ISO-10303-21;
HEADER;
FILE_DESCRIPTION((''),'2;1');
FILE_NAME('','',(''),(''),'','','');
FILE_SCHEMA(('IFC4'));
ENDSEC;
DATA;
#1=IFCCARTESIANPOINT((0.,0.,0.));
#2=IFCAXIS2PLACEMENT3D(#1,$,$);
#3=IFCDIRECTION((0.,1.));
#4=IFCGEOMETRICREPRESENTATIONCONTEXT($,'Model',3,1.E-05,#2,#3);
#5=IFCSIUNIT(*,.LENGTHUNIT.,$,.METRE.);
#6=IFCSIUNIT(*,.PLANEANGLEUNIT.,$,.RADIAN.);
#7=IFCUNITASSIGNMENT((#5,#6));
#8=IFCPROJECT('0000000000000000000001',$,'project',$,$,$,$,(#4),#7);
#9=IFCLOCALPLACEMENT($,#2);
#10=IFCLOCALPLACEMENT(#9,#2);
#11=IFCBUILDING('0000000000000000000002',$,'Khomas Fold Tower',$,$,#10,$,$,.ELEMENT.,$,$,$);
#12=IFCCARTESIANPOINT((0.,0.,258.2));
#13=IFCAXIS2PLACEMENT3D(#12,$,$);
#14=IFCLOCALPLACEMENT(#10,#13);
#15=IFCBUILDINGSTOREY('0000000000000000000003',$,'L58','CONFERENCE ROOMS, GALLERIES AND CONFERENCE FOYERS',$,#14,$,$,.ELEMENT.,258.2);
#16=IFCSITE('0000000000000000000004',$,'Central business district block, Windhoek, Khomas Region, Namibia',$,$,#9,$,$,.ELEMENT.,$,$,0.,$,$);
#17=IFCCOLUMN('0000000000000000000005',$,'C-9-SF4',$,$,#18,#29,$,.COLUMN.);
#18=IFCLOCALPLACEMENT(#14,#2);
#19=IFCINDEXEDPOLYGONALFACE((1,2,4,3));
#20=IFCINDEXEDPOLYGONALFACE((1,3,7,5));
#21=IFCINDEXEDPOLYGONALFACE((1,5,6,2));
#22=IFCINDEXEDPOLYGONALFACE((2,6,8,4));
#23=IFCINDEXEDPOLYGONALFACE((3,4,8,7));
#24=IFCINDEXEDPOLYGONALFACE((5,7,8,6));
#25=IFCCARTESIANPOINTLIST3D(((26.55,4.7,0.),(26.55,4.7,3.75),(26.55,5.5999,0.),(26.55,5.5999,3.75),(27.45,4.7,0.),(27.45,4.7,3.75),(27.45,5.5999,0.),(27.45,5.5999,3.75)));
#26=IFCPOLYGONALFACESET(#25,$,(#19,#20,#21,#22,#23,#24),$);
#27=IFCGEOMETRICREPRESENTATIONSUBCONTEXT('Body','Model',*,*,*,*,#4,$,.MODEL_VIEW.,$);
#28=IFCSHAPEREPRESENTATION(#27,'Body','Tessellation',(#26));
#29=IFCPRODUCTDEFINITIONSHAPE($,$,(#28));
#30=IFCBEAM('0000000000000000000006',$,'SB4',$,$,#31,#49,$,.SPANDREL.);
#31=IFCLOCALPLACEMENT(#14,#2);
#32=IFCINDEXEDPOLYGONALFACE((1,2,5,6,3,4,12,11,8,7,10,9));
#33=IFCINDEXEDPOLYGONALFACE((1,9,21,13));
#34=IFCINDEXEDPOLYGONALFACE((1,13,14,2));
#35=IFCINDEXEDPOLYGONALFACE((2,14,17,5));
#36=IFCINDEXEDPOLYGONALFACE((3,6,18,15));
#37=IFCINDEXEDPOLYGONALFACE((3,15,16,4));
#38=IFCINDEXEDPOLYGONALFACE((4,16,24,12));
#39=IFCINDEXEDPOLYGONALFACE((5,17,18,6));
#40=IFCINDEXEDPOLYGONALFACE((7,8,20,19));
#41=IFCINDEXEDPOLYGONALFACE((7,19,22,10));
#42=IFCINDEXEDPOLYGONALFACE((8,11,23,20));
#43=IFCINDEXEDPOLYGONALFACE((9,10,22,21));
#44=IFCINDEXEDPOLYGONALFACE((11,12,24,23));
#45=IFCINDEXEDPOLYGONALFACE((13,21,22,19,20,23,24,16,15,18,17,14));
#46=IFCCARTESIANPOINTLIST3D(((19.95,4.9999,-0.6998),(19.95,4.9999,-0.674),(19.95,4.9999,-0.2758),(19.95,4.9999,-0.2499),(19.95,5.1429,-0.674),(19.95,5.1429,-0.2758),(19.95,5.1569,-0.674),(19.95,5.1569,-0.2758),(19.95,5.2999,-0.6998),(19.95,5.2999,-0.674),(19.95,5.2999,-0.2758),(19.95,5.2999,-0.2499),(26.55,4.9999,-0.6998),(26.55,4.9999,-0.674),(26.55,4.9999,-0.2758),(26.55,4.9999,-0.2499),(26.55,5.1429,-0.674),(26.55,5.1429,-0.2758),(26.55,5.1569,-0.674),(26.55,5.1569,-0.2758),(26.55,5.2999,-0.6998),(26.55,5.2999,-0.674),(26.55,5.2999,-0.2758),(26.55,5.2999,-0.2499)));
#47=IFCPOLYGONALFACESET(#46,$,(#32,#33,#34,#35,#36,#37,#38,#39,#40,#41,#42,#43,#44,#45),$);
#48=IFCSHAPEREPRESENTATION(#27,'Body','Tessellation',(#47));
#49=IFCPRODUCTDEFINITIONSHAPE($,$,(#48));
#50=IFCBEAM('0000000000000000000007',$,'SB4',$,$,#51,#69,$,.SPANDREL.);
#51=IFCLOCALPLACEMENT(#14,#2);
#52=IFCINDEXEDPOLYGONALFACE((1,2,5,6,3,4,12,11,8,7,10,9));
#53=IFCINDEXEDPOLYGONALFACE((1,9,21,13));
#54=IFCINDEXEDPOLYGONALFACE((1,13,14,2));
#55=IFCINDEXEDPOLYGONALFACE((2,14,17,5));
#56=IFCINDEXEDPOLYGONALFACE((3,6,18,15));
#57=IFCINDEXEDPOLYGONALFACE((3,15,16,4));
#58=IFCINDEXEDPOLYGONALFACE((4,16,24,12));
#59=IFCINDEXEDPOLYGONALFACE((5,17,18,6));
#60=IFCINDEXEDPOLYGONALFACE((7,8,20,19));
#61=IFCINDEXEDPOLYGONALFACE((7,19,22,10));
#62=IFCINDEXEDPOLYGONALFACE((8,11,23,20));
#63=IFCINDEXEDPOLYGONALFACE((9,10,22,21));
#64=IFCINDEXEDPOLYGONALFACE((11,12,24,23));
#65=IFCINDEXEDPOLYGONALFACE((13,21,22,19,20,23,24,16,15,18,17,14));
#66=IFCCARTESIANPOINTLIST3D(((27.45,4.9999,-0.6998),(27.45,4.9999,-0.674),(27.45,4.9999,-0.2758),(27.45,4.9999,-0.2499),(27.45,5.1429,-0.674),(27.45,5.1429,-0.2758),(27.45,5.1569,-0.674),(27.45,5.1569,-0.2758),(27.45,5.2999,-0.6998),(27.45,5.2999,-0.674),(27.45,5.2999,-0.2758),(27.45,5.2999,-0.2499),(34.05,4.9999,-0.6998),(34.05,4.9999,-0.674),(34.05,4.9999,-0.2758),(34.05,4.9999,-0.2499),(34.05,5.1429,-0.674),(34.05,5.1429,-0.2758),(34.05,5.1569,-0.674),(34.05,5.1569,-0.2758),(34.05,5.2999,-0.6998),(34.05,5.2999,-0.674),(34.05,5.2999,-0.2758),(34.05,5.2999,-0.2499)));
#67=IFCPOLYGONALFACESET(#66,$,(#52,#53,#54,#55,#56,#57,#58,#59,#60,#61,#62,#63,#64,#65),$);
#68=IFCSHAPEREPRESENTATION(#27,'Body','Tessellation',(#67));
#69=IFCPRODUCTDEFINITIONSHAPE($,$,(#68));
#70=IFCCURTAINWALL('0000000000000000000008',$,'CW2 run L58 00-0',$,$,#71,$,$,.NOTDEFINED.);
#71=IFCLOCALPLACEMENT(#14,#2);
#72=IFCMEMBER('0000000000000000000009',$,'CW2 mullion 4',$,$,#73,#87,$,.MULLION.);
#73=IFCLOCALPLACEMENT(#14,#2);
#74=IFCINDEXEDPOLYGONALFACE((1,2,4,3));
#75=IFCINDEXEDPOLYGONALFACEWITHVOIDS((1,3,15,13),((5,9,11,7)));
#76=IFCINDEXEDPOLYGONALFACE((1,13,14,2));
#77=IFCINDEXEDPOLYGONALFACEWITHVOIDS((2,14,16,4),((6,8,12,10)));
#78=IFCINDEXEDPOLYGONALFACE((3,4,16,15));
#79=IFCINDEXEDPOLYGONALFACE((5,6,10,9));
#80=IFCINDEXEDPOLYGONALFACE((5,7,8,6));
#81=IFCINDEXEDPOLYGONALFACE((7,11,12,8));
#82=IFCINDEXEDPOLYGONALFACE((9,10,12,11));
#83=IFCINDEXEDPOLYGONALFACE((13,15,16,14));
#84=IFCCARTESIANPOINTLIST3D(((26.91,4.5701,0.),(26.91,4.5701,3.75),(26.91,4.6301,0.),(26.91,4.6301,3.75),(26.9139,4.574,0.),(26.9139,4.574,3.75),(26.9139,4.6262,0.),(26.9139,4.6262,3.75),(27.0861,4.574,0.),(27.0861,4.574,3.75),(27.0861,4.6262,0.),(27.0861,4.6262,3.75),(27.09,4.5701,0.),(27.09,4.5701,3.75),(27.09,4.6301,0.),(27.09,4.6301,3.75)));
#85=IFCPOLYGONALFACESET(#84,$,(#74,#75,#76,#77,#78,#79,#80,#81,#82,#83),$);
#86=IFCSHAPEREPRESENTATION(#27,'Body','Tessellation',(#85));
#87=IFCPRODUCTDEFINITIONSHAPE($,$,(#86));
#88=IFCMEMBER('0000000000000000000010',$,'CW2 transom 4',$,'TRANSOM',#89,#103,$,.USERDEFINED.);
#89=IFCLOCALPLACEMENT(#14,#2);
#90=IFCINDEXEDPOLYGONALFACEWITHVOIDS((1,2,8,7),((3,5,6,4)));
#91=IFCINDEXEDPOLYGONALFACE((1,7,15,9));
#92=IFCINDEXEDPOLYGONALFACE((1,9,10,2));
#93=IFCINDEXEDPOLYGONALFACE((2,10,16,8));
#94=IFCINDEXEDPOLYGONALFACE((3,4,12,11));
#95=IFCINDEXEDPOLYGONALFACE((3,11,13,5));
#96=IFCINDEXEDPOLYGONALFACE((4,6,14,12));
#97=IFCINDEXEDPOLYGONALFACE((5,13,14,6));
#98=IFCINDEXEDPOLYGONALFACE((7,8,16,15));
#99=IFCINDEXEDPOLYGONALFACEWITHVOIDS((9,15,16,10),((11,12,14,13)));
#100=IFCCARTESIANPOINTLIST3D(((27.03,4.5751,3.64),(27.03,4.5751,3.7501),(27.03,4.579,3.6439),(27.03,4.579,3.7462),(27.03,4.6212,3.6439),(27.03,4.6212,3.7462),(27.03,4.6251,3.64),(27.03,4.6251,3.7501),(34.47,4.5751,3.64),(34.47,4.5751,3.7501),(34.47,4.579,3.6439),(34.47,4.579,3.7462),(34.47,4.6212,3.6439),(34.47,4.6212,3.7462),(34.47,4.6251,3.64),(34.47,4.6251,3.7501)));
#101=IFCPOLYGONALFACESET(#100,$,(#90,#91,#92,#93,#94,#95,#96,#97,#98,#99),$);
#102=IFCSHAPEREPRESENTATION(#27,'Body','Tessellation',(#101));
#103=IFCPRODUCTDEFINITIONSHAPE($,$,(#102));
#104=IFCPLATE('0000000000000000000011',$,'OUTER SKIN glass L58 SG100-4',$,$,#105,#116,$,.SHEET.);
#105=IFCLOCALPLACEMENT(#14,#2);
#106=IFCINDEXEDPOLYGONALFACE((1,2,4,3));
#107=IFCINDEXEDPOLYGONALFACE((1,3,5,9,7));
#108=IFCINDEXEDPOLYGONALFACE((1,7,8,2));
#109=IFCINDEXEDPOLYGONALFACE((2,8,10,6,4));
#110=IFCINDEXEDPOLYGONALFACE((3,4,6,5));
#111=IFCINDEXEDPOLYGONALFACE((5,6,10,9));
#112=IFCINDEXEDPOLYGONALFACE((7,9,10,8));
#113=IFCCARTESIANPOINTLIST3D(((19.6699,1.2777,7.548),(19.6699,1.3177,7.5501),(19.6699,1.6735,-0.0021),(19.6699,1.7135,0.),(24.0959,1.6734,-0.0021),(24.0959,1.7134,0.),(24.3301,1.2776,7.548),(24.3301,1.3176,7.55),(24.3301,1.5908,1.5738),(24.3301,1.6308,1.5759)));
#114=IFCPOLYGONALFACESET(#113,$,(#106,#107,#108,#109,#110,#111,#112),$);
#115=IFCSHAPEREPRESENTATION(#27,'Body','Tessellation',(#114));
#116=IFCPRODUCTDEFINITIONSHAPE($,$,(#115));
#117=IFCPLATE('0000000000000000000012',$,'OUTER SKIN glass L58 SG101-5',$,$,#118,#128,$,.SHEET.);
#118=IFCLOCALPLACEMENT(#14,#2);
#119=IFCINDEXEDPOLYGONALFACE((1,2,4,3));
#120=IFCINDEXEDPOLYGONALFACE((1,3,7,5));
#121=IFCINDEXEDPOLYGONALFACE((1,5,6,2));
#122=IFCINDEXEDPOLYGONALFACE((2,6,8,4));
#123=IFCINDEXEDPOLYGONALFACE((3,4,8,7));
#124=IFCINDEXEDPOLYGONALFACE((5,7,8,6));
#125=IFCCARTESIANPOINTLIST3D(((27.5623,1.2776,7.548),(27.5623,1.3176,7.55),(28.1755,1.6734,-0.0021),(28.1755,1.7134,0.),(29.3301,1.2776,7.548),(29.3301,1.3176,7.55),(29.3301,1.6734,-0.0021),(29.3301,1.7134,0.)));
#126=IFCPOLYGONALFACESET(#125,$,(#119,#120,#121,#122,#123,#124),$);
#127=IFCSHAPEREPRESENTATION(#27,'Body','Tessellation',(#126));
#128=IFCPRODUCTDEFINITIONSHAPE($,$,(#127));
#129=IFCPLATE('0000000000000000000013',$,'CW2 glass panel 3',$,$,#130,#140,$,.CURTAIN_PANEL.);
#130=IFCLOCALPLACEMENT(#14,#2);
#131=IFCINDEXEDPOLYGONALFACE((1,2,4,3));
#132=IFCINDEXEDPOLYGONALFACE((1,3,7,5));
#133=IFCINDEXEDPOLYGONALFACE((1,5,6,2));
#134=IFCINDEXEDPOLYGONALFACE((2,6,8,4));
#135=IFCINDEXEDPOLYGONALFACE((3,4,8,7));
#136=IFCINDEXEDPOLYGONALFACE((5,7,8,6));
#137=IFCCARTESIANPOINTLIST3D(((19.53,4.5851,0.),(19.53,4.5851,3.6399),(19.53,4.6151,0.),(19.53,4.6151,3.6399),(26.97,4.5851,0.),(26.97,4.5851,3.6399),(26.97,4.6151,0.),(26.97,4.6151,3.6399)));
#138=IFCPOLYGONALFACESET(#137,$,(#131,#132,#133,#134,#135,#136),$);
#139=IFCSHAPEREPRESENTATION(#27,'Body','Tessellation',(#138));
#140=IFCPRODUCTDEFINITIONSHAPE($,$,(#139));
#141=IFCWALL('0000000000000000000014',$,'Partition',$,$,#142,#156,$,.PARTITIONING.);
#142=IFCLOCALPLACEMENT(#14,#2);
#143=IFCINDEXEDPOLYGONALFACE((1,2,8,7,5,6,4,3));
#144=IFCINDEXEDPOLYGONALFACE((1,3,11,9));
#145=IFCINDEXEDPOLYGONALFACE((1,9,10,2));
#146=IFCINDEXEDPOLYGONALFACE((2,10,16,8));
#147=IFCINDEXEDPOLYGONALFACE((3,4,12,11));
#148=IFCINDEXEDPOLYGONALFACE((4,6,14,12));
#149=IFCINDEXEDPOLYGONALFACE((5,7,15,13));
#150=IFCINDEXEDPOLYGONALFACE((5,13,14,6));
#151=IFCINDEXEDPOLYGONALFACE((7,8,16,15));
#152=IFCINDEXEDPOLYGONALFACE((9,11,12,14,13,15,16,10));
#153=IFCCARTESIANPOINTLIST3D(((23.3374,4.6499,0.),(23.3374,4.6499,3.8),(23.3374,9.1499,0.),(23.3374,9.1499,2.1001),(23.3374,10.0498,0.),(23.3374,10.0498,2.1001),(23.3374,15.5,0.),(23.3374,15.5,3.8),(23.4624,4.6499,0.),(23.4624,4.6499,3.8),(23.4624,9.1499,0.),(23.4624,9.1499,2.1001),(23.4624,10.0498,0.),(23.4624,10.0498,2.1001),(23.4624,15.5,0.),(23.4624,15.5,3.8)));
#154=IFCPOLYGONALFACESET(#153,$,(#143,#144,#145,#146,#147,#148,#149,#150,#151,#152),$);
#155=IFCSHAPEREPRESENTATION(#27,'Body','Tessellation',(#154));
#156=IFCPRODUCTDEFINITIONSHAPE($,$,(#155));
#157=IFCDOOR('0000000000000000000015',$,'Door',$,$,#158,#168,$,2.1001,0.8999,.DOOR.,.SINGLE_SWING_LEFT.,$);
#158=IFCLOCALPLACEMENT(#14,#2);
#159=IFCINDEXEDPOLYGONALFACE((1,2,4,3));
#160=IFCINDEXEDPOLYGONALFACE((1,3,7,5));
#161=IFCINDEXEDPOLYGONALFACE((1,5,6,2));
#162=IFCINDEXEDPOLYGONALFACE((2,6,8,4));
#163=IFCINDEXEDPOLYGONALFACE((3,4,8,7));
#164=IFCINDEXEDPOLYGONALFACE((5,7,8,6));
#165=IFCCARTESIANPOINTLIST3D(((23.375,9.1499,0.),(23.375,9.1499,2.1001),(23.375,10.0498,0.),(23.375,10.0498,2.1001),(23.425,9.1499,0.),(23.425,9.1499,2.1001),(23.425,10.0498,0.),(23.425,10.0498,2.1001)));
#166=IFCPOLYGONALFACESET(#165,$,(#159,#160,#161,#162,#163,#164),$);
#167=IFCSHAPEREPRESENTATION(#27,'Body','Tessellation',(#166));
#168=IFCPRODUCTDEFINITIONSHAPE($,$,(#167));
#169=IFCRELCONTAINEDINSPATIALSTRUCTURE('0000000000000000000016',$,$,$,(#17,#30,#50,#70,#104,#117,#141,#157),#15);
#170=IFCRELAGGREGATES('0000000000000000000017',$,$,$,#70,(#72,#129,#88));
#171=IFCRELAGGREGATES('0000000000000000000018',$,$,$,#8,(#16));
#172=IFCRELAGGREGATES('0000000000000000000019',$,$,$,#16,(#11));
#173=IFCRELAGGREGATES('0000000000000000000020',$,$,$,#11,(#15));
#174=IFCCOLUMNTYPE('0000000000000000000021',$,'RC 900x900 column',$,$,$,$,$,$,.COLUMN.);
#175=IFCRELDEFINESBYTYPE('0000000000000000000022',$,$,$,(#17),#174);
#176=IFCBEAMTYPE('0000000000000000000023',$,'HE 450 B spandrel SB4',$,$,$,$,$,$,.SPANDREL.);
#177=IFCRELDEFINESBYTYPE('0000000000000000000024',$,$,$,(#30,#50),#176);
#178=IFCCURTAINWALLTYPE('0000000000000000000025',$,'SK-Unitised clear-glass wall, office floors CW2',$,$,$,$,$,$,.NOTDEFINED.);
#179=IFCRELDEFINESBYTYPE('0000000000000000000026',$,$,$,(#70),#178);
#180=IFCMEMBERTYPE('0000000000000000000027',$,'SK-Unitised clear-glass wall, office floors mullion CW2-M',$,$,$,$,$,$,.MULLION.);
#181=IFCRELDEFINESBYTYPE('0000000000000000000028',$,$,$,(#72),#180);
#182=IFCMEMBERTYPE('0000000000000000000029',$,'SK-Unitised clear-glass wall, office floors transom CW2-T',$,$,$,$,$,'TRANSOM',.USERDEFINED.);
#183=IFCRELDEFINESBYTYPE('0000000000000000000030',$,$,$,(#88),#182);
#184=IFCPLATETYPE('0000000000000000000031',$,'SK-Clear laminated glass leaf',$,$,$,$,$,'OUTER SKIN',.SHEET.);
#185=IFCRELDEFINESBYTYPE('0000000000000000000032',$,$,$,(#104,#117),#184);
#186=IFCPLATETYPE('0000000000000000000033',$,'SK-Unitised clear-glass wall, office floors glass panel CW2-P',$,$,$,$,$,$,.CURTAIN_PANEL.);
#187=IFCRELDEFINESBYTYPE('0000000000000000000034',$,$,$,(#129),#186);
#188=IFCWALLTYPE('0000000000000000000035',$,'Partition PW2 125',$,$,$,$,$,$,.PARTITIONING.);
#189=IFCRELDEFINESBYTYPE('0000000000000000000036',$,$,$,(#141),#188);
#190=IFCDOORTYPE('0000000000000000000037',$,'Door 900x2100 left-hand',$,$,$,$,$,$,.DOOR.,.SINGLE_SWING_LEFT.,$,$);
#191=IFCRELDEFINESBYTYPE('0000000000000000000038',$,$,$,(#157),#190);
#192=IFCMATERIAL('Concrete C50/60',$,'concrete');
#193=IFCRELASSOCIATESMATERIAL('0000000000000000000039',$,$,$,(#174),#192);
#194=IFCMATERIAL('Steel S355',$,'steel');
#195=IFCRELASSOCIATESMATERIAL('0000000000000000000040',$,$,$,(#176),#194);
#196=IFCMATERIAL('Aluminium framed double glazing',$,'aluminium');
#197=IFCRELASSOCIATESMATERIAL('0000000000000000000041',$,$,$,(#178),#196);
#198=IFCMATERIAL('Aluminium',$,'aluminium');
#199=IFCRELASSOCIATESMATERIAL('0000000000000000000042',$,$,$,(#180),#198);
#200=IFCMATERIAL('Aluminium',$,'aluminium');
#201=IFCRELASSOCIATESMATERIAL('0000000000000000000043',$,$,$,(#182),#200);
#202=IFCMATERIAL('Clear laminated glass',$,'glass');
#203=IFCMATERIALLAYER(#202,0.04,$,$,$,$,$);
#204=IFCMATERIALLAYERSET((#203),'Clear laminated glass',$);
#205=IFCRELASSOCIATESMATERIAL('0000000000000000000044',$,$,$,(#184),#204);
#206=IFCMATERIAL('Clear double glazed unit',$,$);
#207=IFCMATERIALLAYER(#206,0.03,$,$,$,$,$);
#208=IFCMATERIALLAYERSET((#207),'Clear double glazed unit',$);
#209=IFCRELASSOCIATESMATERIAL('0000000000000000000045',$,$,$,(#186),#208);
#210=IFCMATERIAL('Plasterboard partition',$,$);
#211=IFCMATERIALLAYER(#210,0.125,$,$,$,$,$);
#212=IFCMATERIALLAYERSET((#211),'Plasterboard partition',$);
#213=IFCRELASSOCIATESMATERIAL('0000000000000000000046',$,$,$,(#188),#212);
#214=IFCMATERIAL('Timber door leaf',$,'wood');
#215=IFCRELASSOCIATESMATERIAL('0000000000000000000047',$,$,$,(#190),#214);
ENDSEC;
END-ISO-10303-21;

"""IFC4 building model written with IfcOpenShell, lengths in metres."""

from ifc_helpers import new_model, si_unit, direction, frame, frame_2d, origin, origin_2d, place, context, subcontext, project, spatial, polyline, rectangle, hollow_rectangle, i_section, outline, extrude, source, transform, mapped, material, layer, layer_set, material_profile, profile_set, type_object, element, fill, aggregate, save


model = new_model("IFC4")

# Units and contexts
model_context = context("Model", 3, precision=1e-05, world=origin(), true_north=direction((0.0, 1.0)))
body_context = subcontext(model_context, "Body", "Model", "MODEL_VIEW")
ifc_project = project(units=[si_unit("LENGTHUNIT", "METRE"), si_unit("PLANEANGLEUNIT", "RADIAN")], contexts=[model_context])

# Site, building, storey
site_placement = place(None, origin())
site = spatial("IfcSite", under=ifc_project, at=site_placement, Name="Central business district block, Windhoek, Khomas Region, Namibia", CompositionType="ELEMENT", RefElevation=0.0)
building_placement = place(site_placement, origin())
building = spatial("IfcBuilding", under=site, at=building_placement, Name="Khomas Fold Tower", CompositionType="ELEMENT")
storey_placement = place(building_placement, frame((0.0, 0.0, 258.2)))
storey = spatial("IfcBuildingStorey", under=building, at=storey_placement, Name="L58", Description="CONFERENCE ROOMS, GALLERIES AND CONFERENCE FOYERS", CompositionType="ELEMENT", Elevation=258.2)

# Column
ifc_material_1 = material(Name="Concrete C50/60", Category="concrete")
ifc_material_profile_1 = material_profile(ifc_material_1, rectangle(XDim=0.8999, YDim=0.8999, at=origin_2d()), Name="RC 900x900")
ifc_profile_set_1 = profile_set([ifc_material_profile_1], Name="Concrete C50/60")
column_type = type_object("IfcColumnType", Name="RC 900x900 column", PredefinedType="COLUMN", material=ifc_profile_set_1)
shared_shape_1 = source(origin(), body_context, "Body", "SweptSolid", [
    extrude(rectangle(XDim=0.8999, YDim=0.8999, at=origin_2d()), origin(), (0.0, 0.0, 1.0), 3.75),
])
column_placement = place(storey_placement, frame((27.0, 5.1499, 0.0), z_axis=(0.0, 0.0, 1.0), x_axis=(1.0, 0.0, 0.0)))
element("IfcColumn", 1, at=column_placement, inside=storey, type_object=column_type, Name="C-9-SF4", PredefinedType="COLUMN", context=body_context, shape_type="MappedRepresentation", body=[
    mapped(shared_shape_1, transform((0.0, 0.0, 0.0))),
])

# Beams
ifc_material_2 = material(Name="Steel S355", Category="steel")
ifc_material_profile_2 = material_profile(ifc_material_2, i_section(OverallWidth=0.3, OverallDepth=0.45, WebThickness=0.0139, FlangeThickness=0.0259, at=origin_2d()), Name="HE 450 B")
ifc_profile_set_2 = profile_set([ifc_material_profile_2], Name="Steel S355")
beam_type = type_object("IfcBeamType", Name="HE 450 B spandrel SB4", PredefinedType="SPANDREL", material=ifc_profile_set_2)
shared_shape_2 = source(origin(), body_context, "Body", "SweptSolid", [
    extrude(i_section(OverallWidth=0.3, OverallDepth=0.45, WebThickness=0.0139, FlangeThickness=0.0259, at=origin_2d()), origin(), (0.0, 0.0, 1.0), 6.6001),
])
for number, where, z_axis, x_axis, name in (
    (2, (19.95, 5.1499, -0.4749), (1.0, 0.0, 0.0), (0.0, 1.0, 0.0), "SB4"),
    (3, (27.45, 5.1499, -0.4749), (1.0, 0.0, 0.0), (0.0, 1.0, 0.0), "SB4"),
):
    element("IfcBeam", number, at=place(storey_placement, frame(where, z_axis=z_axis, x_axis=x_axis)), inside=storey, type_object=beam_type, Name=name, PredefinedType="SPANDREL", context=body_context, shape_type="MappedRepresentation", body=[
        mapped(shared_shape_2, transform((0.0, 0.0, 0.0))),
    ])

# Curtain wall, members
ifc_material_3 = material(Name="Aluminium framed double glazing", Category="aluminium")
curtain_wall_type = type_object("IfcCurtainWallType", Name="SK-Unitised clear-glass wall, office floors CW2", PredefinedType="NOTDEFINED", material=ifc_material_3)
curtain_wall_placement = place(storey_placement, origin())
curtain_wall = element("IfcCurtainWall", 4, at=curtain_wall_placement, inside=storey, type_object=curtain_wall_type, Name="CW2 run L58 00-0", PredefinedType="NOTDEFINED")
ifc_material_4 = material(Name="Aluminium", Category="aluminium")
ifc_material_profile_3 = material_profile(ifc_material_4, hollow_rectangle(XDim=0.0601, YDim=0.1799, WallThickness=0.0039, at=origin_2d()), Name="SK-Unitised clear-glass wall, office floors mullion CW2-M")
ifc_profile_set_3 = profile_set([ifc_material_profile_3], Name="Aluminium")
member_type_1 = type_object("IfcMemberType", Name="SK-Unitised clear-glass wall, office floors mullion CW2-M", PredefinedType="MULLION", material=ifc_profile_set_3)
shared_shape_3 = source(origin(), body_context, "Body", "SweptSolid", [
    extrude(hollow_rectangle(XDim=0.0601, YDim=0.1799, WallThickness=0.0039, at=origin_2d()), origin(), (0.0, 0.0, 1.0), 3.75),
])
member_1_placement = place(storey_placement, frame((27.0, 4.6001, 0.0), z_axis=(0.0, 0.0, 1.0), x_axis=(0.0, 1.0, 0.0)))
member_1 = element("IfcMember", 5, at=member_1_placement, type_object=member_type_1, Name="CW2 mullion 4", PredefinedType="MULLION", context=body_context, shape_type="MappedRepresentation", body=[
    mapped(shared_shape_3, transform((0.0, 0.0, 0.0))),
])
ifc_material_5 = material(Name="Aluminium", Category="aluminium")
ifc_material_profile_4 = material_profile(ifc_material_5, hollow_rectangle(XDim=0.05, YDim=0.1101, WallThickness=0.0039, at=origin_2d()), Name="SK-Unitised clear-glass wall, office floors transom CW2-T")
ifc_profile_set_4 = profile_set([ifc_material_profile_4], Name="Aluminium")
member_type_2 = type_object("IfcMemberType", Name="SK-Unitised clear-glass wall, office floors transom CW2-T", ElementType="TRANSOM", PredefinedType="USERDEFINED", material=ifc_profile_set_4)
shared_shape_4 = source(origin(), body_context, "Body", "SweptSolid", [
    extrude(hollow_rectangle(XDim=0.05, YDim=0.1101, WallThickness=0.0039, at=origin_2d()), origin(), (0.0, 0.0, 1.0), 7.4399),
])
member_2_placement = place(storey_placement, frame((27.03, 4.6001, 3.6951), z_axis=(1.0, 0.0, 0.0), x_axis=(0.0, 1.0, 0.0)))
member_2 = element("IfcMember", 6, at=member_2_placement, type_object=member_type_2, Name="CW2 transom 4", ObjectType="TRANSOM", PredefinedType="USERDEFINED", context=body_context, shape_type="MappedRepresentation", body=[
    mapped(shared_shape_4, transform((0.0, 0.0, 0.0))),
])

# Plates
ifc_material_6 = material(Name="Clear laminated glass", Category="glass")
ifc_layer_1 = layer(ifc_material_6, 0.04)
ifc_layer_set_1 = layer_set([ifc_layer_1], Name="Clear laminated glass")
plate_type_1 = type_object("IfcPlateType", Name="SK-Clear laminated glass leaf", ElementType="OUTER SKIN", PredefinedType="SHEET", material=ifc_layer_set_1)
plate_1_placement = place(storey_placement, frame((24.0959, 1.7134, 0.0), z_axis=(0.000017, 0.998629, 0.052345), x_axis=(-1.0, 0.000017, 0.000001)))
element("IfcPlate", 7, at=plate_1_placement, inside=storey, type_object=plate_type_1, Name="OUTER SKIN glass L58 SG100-4", PredefinedType="SHEET", context=body_context, shape_type="SweptSolid", body=[
    extrude(outline(polyline([(0.0, 0.0), (4.426, 0.0), (4.426, 7.5604), (-0.2341, 7.5604), (-0.2341, 1.5781), (0.0, 0.0)])), origin(), (0.0, 0.0, -1.0), 0.04),
])
plate_2_placement = place(storey_placement, frame((28.1755, 1.7134, 0.0), z_axis=(0.0, 0.998629, 0.052345), x_axis=(-0.080852, -0.052174, 0.99536)))
element("IfcPlate", 8, at=plate_2_placement, inside=storey, type_object=plate_type_1, Name="OUTER SKIN glass L58 SG101-5", PredefinedType="SHEET", context=body_context, shape_type="SweptSolid", body=[
    extrude(outline(polyline([(0.0, 0.0), (7.5852, 0.0), (7.4423, 1.762), (-0.0933, 1.1508), (0.0, 0.0)])), origin(), (0.0, 0.0, -1.0), 0.04),
])

# Plate
ifc_material_7 = material(Name="Clear double glazed unit")
ifc_layer_2 = layer(ifc_material_7, 0.03)
ifc_layer_set_2 = layer_set([ifc_layer_2], Name="Clear double glazed unit")
plate_type_2 = type_object("IfcPlateType", Name="SK-Unitised clear-glass wall, office floors glass panel CW2-P", PredefinedType="CURTAIN_PANEL", material=ifc_layer_set_2)
shared_shape_5 = source(origin(), body_context, "Body", "SweptSolid", [
    extrude(rectangle(XDim=7.4399, YDim=0.03, at=origin_2d()), origin(), (0.0, 0.0, 1.0), 3.6399),
])
plate_3_placement = place(storey_placement, frame((23.25, 4.6001, 0.0), z_axis=(0.0, 0.0, 1.0), x_axis=(1.0, 0.0, 0.0)))
plate_3 = element("IfcPlate", 9, at=plate_3_placement, type_object=plate_type_2, Name="CW2 glass panel 3", PredefinedType="CURTAIN_PANEL", context=body_context, shape_type="MappedRepresentation", body=[
    mapped(shared_shape_5, transform((0.0, 0.0, 0.0))),
])
aggregate(curtain_wall, [member_1, plate_3, member_2])

# Wall, opening, door
ifc_material_8 = material(Name="Plasterboard partition")
ifc_layer_3 = layer(ifc_material_8, 0.125)
ifc_layer_set_3 = layer_set([ifc_layer_3], Name="Plasterboard partition")
wall_type = type_object("IfcWallType", Name="Partition PW2 125", PredefinedType="PARTITIONING", material=ifc_layer_set_3)
shared_shape_6 = source(origin(), body_context, "Body", "SweptSolid", [
    extrude(rectangle(XDim=10.8501, YDim=0.125, at=frame_2d((5.425, 0.0))), origin(), (0.0, 0.0, 1.0), 3.8),
])
wall_placement = place(storey_placement, frame((23.3999, 4.6499, 0.0), z_axis=(0.0, 0.0, 1.0), x_axis=(0.0, 1.0, 0.0)))
wall = element("IfcWall", 10, at=wall_placement, inside=storey, type_object=wall_type, Name="Partition", PredefinedType="PARTITIONING", context=body_context, shape_type="MappedRepresentation", body=[
    mapped(shared_shape_6, transform((0.0, 0.0, 0.0))),
])
shared_shape_7 = source(origin(), body_context, "Body", "SweptSolid", [
    extrude(rectangle(XDim=0.8999, YDim=2.1001, at=frame_2d((0.45, 1.05))), frame((0.0, 0.0725, 0.0), z_axis=(0.0, -1.0, 0.0), x_axis=(1.0, 0.0, 0.0)), (0.0, 0.0, 1.0), 0.145),
])
opening_placement = place(wall_placement, frame((4.5, 0.0, 0.0)))
opening = element("IfcOpeningElement", 11, at=opening_placement, cuts=wall, PredefinedType="OPENING", context=body_context, shape_type="MappedRepresentation", body=[
    mapped(shared_shape_7, transform((0.0, 0.0, 0.0))),
])
ifc_material_9 = material(Name="Timber door leaf", Category="wood")
door_type = type_object("IfcDoorType", Name="Door 900x2100 left-hand", OperationType="SINGLE_SWING_LEFT", PredefinedType="DOOR", material=ifc_material_9)
shared_shape_8 = source(origin(), body_context, "Body", "SweptSolid", [
    extrude(rectangle(XDim=0.8999, YDim=2.1001, at=frame_2d((0.45, 1.05))), frame((0.0, 0.0249, 0.0), z_axis=(0.0, -1.0, 0.0), x_axis=(1.0, 0.0, 0.0)), (0.0, 0.0, 1.0), 0.05),
])
door_placement = place(opening_placement, origin())
door = element("IfcDoor", 12, at=door_placement, inside=storey, type_object=door_type, Name="Door", OperationType="SINGLE_SWING_LEFT", OverallHeight=2.1001, OverallWidth=0.8999, PredefinedType="DOOR", context=body_context, shape_type="MappedRepresentation", body=[
    mapped(shared_shape_8, transform((0.0, 0.0, 0.0))),
])
fill(opening, door)

save(model, "model.ifc")
